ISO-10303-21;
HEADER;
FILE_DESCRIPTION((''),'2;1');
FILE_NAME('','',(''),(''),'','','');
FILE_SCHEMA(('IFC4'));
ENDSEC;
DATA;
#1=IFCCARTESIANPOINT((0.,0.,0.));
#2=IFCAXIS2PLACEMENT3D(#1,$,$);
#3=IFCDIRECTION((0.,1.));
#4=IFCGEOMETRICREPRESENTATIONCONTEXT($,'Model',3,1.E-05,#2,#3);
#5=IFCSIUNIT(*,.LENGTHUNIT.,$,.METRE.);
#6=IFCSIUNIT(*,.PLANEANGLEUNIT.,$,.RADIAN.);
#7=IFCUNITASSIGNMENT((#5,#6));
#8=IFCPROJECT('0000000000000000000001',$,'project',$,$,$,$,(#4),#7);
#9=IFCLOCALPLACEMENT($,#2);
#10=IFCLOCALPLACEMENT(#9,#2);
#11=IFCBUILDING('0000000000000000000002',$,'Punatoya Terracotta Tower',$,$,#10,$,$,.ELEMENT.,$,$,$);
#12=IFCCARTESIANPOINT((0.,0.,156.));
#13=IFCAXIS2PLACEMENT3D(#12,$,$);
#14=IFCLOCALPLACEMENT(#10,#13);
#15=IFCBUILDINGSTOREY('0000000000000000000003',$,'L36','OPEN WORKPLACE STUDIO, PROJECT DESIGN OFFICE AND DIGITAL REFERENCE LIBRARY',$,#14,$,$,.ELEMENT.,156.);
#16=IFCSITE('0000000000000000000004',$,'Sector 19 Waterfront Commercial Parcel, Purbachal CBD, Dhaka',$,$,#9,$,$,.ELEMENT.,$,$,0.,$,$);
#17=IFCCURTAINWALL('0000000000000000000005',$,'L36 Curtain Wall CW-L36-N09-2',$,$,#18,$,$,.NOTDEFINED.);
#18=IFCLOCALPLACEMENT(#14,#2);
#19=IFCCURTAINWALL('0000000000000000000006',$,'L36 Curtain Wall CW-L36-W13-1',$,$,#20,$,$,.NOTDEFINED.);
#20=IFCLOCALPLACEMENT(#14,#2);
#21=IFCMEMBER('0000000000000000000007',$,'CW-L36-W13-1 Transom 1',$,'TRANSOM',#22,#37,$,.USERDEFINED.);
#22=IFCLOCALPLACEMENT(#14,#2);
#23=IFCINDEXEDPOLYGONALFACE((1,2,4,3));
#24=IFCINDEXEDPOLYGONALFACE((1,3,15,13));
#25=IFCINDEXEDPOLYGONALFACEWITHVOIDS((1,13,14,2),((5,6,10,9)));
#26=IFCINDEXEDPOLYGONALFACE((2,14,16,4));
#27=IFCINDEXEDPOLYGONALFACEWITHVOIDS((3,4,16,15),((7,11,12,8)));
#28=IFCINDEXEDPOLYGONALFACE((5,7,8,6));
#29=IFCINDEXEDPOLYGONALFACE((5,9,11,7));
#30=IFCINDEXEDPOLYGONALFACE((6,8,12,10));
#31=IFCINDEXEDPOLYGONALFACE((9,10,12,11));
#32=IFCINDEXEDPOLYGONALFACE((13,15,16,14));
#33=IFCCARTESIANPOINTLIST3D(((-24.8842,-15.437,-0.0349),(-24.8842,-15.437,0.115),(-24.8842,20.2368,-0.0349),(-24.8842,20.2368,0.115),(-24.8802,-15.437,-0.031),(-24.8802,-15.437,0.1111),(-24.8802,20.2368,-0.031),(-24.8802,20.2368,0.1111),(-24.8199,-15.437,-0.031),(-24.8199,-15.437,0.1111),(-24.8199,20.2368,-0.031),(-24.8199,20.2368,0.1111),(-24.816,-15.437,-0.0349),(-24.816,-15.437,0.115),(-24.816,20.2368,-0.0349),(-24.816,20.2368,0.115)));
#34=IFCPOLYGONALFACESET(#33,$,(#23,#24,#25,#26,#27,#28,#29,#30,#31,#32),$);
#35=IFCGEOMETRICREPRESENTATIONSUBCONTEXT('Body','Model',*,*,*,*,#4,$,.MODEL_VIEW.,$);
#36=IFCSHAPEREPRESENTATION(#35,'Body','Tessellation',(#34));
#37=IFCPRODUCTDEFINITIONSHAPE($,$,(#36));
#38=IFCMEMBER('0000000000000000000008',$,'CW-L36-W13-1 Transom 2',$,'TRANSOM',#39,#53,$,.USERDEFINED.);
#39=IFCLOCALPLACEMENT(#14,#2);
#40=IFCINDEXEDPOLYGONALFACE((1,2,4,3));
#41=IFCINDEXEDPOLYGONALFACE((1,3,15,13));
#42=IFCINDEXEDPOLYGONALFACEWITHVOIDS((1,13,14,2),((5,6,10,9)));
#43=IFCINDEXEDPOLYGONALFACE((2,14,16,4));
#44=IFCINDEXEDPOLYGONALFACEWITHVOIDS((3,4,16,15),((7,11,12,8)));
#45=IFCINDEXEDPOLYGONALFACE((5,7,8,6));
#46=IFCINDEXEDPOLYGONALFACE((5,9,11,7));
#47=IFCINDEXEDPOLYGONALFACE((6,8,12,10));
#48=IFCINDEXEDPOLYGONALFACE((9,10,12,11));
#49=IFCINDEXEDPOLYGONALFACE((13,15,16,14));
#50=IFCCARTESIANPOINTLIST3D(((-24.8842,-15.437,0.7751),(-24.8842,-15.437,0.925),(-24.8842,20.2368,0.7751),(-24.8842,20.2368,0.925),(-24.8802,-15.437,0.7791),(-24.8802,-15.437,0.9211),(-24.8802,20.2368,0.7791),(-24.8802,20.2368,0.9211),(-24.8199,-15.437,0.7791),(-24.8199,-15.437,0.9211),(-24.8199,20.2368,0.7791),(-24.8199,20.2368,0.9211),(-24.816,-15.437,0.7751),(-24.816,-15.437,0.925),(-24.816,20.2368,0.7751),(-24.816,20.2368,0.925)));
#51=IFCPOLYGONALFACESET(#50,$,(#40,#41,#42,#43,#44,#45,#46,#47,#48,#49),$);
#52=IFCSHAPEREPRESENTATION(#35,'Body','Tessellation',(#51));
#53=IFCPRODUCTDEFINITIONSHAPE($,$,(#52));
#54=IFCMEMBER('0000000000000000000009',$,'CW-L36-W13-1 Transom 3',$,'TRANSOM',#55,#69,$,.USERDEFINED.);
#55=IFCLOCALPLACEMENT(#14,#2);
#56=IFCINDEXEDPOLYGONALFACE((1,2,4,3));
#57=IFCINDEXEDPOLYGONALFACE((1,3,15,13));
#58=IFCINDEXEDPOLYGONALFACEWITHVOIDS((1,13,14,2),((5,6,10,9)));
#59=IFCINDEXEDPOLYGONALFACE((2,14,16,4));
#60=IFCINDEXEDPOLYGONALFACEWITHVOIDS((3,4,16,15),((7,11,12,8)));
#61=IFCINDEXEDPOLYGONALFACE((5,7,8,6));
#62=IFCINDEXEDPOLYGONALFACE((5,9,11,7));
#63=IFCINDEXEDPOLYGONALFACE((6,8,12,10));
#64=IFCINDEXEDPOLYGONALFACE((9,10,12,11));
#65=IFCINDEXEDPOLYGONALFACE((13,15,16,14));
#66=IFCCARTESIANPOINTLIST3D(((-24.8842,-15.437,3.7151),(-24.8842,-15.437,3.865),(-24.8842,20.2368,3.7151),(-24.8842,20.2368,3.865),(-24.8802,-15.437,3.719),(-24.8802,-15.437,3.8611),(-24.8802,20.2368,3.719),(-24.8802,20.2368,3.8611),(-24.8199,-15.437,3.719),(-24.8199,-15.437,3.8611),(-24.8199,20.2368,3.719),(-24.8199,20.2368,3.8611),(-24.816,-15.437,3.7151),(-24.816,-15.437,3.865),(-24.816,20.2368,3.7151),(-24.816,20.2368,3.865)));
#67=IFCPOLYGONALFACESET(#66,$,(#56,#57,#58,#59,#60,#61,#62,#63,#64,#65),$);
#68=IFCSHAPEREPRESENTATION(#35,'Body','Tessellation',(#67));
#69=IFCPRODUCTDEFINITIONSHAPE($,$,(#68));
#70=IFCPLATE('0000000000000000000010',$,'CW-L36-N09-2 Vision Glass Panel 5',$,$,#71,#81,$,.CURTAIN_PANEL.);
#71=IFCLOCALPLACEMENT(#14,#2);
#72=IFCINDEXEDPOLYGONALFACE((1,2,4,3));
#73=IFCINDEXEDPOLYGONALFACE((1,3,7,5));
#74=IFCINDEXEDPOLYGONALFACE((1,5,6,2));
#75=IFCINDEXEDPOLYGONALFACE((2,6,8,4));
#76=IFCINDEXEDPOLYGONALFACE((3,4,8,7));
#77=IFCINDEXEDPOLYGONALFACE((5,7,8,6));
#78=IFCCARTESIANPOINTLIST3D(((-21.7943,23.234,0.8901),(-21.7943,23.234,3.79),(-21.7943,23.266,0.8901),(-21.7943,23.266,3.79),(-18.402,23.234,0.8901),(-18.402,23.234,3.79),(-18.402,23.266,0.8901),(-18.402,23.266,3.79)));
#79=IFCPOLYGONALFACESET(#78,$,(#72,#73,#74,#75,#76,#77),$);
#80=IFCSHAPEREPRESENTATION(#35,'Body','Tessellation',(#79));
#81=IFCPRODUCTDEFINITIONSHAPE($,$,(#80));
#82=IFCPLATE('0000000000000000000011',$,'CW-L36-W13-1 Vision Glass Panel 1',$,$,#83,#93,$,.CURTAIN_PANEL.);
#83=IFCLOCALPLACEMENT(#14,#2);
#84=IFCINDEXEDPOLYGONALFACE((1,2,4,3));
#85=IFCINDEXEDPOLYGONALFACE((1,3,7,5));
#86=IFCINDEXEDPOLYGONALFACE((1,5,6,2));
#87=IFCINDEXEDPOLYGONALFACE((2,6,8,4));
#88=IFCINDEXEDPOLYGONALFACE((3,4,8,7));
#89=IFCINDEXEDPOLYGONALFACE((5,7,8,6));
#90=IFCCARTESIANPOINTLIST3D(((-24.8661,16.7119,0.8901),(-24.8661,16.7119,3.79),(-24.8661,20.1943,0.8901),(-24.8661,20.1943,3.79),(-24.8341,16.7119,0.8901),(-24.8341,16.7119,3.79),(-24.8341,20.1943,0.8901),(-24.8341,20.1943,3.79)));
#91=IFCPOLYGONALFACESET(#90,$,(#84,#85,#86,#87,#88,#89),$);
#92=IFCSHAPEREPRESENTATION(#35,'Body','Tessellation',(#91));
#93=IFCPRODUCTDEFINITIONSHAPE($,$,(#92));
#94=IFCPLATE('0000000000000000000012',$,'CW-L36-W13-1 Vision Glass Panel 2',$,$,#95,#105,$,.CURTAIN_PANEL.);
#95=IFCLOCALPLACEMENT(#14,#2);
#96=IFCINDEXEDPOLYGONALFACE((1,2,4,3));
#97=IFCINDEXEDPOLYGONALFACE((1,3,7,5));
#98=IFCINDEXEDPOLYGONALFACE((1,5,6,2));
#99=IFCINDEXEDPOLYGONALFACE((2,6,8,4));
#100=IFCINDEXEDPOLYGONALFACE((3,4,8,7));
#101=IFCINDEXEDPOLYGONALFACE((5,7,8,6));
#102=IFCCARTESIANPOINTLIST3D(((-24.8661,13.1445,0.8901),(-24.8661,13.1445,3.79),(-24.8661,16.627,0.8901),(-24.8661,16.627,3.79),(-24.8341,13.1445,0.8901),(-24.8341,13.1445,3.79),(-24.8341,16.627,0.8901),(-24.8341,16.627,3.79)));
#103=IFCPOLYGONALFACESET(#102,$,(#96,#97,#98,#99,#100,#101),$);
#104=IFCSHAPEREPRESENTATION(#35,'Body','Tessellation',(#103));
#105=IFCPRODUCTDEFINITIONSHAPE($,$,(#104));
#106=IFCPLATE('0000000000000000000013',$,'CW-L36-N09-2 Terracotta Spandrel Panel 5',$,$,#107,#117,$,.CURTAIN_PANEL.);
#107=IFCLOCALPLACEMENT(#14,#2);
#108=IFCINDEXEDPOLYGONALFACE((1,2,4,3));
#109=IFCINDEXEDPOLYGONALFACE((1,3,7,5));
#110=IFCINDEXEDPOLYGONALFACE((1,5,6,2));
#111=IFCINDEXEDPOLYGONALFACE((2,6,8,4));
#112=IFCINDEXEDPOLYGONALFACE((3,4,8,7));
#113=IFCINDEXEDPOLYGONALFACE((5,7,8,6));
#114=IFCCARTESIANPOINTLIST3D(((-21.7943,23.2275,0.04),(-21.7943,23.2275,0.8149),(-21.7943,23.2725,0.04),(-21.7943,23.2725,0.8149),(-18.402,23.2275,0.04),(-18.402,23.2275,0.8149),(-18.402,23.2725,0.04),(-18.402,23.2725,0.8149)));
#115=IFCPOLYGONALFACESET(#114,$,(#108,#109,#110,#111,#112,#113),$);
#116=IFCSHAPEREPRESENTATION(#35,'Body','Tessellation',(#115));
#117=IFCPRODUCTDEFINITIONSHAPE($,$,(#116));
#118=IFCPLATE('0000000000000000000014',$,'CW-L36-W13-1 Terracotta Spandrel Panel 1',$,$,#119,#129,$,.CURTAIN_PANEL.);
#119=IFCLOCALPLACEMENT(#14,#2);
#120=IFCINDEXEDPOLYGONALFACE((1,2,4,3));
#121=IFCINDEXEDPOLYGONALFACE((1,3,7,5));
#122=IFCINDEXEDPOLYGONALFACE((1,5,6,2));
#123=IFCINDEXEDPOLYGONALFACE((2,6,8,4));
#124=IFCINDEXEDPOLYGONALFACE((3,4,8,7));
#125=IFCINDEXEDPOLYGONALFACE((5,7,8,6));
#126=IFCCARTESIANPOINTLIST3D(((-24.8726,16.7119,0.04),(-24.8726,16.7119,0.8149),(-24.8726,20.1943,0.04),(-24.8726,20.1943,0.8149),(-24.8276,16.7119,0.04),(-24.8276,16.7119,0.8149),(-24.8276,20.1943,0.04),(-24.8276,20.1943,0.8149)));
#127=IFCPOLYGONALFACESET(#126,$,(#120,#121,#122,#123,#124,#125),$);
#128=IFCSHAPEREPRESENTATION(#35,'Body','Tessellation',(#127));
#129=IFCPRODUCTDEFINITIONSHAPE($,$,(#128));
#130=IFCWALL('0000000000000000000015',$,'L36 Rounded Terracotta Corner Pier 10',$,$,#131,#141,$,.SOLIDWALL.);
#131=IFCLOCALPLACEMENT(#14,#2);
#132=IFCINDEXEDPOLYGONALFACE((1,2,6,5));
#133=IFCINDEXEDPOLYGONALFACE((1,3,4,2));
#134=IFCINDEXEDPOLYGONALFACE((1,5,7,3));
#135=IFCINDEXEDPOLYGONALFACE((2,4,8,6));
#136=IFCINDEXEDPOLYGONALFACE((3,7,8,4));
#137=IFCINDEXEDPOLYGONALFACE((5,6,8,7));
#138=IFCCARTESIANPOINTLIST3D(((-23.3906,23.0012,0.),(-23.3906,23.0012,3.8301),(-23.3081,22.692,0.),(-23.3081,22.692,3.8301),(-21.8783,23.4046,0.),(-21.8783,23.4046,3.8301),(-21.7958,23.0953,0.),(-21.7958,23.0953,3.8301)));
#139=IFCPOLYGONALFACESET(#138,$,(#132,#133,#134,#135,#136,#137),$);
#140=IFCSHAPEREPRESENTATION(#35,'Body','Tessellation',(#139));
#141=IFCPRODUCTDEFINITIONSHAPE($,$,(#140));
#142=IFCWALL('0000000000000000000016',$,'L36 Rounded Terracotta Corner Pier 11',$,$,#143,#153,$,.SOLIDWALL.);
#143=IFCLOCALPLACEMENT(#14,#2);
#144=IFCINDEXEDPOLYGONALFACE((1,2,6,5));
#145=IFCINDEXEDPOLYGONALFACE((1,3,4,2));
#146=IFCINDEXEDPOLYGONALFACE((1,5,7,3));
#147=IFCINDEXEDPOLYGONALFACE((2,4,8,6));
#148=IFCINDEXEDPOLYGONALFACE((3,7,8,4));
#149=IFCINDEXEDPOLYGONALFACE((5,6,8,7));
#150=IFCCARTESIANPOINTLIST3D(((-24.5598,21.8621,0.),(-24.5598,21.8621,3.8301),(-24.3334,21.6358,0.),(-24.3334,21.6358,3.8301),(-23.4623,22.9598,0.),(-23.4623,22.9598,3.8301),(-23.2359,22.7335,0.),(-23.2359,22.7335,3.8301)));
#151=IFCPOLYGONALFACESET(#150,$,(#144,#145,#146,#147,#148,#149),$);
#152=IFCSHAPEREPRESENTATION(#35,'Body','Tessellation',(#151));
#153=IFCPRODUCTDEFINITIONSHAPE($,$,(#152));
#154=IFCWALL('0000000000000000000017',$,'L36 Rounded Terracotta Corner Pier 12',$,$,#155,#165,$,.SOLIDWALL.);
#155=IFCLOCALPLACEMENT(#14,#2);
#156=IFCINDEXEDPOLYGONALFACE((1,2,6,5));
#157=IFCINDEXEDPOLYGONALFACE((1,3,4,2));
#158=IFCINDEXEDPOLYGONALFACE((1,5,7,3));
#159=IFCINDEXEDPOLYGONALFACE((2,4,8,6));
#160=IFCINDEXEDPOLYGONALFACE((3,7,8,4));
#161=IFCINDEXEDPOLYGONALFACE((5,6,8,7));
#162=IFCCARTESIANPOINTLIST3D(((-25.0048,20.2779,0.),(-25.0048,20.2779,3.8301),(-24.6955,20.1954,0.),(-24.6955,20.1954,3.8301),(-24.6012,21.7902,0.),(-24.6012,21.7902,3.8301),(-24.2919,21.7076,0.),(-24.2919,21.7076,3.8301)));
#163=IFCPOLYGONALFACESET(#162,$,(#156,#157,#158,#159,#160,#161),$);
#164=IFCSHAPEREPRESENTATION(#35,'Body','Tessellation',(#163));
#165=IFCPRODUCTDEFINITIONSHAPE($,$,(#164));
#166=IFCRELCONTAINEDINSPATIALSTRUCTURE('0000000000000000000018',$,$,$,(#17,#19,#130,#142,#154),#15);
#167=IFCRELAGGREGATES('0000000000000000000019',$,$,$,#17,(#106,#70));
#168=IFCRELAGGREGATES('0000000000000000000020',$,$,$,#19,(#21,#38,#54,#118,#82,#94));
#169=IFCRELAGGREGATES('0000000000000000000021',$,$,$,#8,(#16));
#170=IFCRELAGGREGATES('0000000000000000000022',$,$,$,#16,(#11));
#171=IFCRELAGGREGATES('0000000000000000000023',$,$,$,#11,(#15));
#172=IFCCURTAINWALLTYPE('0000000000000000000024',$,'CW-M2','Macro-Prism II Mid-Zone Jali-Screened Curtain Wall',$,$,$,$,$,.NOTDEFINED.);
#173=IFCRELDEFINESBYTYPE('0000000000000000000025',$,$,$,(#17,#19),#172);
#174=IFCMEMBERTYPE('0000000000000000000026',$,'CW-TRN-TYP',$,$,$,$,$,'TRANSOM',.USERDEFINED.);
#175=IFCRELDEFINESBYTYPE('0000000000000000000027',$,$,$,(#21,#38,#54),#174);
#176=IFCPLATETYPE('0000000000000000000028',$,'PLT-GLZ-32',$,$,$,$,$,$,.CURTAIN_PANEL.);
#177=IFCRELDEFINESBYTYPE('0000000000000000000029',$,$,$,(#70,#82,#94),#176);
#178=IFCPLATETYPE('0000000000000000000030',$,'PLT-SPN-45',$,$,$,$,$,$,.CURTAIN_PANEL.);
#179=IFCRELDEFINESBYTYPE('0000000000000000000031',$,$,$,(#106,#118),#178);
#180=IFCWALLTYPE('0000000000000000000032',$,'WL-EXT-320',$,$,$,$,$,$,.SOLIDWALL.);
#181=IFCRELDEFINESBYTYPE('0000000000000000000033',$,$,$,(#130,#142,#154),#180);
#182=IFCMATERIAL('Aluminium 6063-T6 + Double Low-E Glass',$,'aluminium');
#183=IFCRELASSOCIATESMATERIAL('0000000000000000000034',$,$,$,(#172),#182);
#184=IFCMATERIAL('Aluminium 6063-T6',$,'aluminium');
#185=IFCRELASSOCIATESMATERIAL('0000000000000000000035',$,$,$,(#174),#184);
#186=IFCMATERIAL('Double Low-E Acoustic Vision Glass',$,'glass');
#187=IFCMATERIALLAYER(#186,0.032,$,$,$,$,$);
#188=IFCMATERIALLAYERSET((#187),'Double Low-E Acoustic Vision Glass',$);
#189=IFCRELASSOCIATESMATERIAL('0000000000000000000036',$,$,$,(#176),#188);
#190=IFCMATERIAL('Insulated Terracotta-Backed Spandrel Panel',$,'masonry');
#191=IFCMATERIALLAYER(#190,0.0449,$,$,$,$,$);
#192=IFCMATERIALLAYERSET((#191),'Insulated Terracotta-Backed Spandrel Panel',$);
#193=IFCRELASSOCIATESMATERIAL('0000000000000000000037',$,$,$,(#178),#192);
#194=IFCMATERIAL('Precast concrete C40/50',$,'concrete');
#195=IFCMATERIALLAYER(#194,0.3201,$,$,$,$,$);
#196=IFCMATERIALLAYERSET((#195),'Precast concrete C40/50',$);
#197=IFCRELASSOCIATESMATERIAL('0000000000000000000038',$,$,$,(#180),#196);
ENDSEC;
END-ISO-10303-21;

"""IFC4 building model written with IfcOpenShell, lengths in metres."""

from ifc_helpers import new_model, si_unit, direction, frame, frame_2d, origin, origin_2d, place, context, subcontext, project, spatial, rectangle, hollow_rectangle, extrude, material, layer, layer_set, material_profile, profile_set, type_object, element, aggregate, save


model = new_model("IFC4")

# Units and contexts
model_context = context("Model", 3, precision=1e-05, world=origin(), true_north=direction((0.0, 1.0)))
body_context = subcontext(model_context, "Body", "Model", "MODEL_VIEW")
ifc_project = project(units=[si_unit("LENGTHUNIT", "METRE"), si_unit("PLANEANGLEUNIT", "RADIAN")], contexts=[model_context])

# Site, building, storey
site_placement = place(None, origin())
site = spatial("IfcSite", under=ifc_project, at=site_placement, Name="Sector 19 Waterfront Commercial Parcel, Purbachal CBD, Dhaka", CompositionType="ELEMENT", RefElevation=0.0)
building_placement = place(site_placement, origin())
building = spatial("IfcBuilding", under=site, at=building_placement, Name="Punatoya Terracotta Tower", CompositionType="ELEMENT")
storey_placement = place(building_placement, frame((0.0, 0.0, 156.0)))
storey = spatial("IfcBuildingStorey", under=building, at=storey_placement, Name="L36", Description="OPEN WORKPLACE STUDIO, PROJECT DESIGN OFFICE AND DIGITAL REFERENCE LIBRARY", CompositionType="ELEMENT", Elevation=156.0)

# Curtain wall
ifc_material_1 = material(Name="Aluminium 6063-T6 + Double Low-E Glass", Category="aluminium")
curtain_wall_type = type_object("IfcCurtainWallType", Name="CW-M2", Description="Macro-Prism II Mid-Zone Jali-Screened Curtain Wall", PredefinedType="NOTDEFINED", material=ifc_material_1)
curtain_wall_1_placement = place(storey_placement, origin())
curtain_wall_1 = element("IfcCurtainWall", 1, at=curtain_wall_1_placement, inside=storey, type_object=curtain_wall_type, Name="L36 Curtain Wall CW-L36-N09-2", PredefinedType="NOTDEFINED")
ifc_material_2 = material(Name="Aluminium 6063-T6", Category="aluminium")

# Curtain wall, members
curtain_wall_2_placement = place(storey_placement, origin())
curtain_wall_2 = element("IfcCurtainWall", 2, at=curtain_wall_2_placement, inside=storey, type_object=curtain_wall_type, Name="L36 Curtain Wall CW-L36-W13-1", PredefinedType="NOTDEFINED")
ifc_material_profile_1 = material_profile(ifc_material_2, hollow_rectangle(XDim=0.0681, YDim=0.1499, WallThickness=0.0039, at=origin_2d()))
ifc_profile_set_1 = profile_set([ifc_material_profile_1], Name="Aluminium 6063-T6")
member_type_1 = type_object("IfcMemberType", Name="CW-TRN-TYP", ElementType="TRANSOM", PredefinedType="USERDEFINED", material=ifc_profile_set_1)
member_1_placement = place(storey_placement, frame((-24.8501, 20.2368, 0.04), z_axis=(0.0, -1.0, 0.0), x_axis=(1.0, 0.0, 0.0)))
member_1 = element("IfcMember", 3, at=member_1_placement, type_object=member_type_1, Name="CW-L36-W13-1 Transom 1", ObjectType="TRANSOM", PredefinedType="USERDEFINED", context=body_context, shape_type="SweptSolid", body=[
    extrude(hollow_rectangle(XDim=0.0681, YDim=0.1499, WallThickness=0.0039, at=origin_2d()), origin(), (0.0, 0.0, 1.0), 35.6738),
])
member_2_placement = place(storey_placement, frame((-24.8501, 20.2368, 0.8501), z_axis=(0.0, -1.0, 0.0), x_axis=(1.0, 0.0, 0.0)))
member_2 = element("IfcMember", 4, at=member_2_placement, type_object=member_type_1, Name="CW-L36-W13-1 Transom 2", ObjectType="TRANSOM", PredefinedType="USERDEFINED", context=body_context, shape_type="SweptSolid", body=[
    extrude(hollow_rectangle(XDim=0.0681, YDim=0.1499, WallThickness=0.0039, at=origin_2d()), origin(), (0.0, 0.0, 1.0), 35.6738),
])
member_3_placement = place(storey_placement, frame((-24.8501, 20.2368, 3.79), z_axis=(0.0, -1.0, 0.0), x_axis=(1.0, 0.0, 0.0)))
member_3 = element("IfcMember", 5, at=member_3_placement, type_object=member_type_1, Name="CW-L36-W13-1 Transom 3", ObjectType="TRANSOM", PredefinedType="USERDEFINED", context=body_context, shape_type="SweptSolid", body=[
    extrude(hollow_rectangle(XDim=0.0681, YDim=0.1499, WallThickness=0.0039, at=origin_2d()), origin(), (0.0, 0.0, 1.0), 35.6738),
])

# Plates
ifc_material_3 = material(Name="Double Low-E Acoustic Vision Glass", Category="glass")
ifc_layer_1 = layer(ifc_material_3, 0.032)
ifc_layer_set_1 = layer_set([ifc_layer_1], Name="Double Low-E Acoustic Vision Glass")
plate_type_1 = type_object("IfcPlateType", Name="PLT-GLZ-32", PredefinedType="CURTAIN_PANEL", material=ifc_layer_set_1)
plate_1_placement = place(storey_placement, frame((-20.0981, 23.25, 0.8901), z_axis=(0.0, 0.0, 1.0), x_axis=(-1.0, 0.0, 0.0)))
plate_1 = element("IfcPlate", 6, at=plate_1_placement, type_object=plate_type_1, Name="CW-L36-N09-2 Vision Glass Panel 5", PredefinedType="CURTAIN_PANEL", context=body_context, shape_type="SweptSolid", body=[
    extrude(rectangle(XDim=3.3923, YDim=0.032, at=origin_2d()), origin(), (0.0, 0.0, 1.0), 2.8999),
])
plate_2_placement = place(storey_placement, frame((-24.8501, 18.4531, 0.8901), z_axis=(0.0, 0.0, 1.0), x_axis=(0.0, -1.0, 0.0)))
plate_2 = element("IfcPlate", 7, at=plate_2_placement, type_object=plate_type_1, Name="CW-L36-W13-1 Vision Glass Panel 1", PredefinedType="CURTAIN_PANEL", context=body_context, shape_type="SweptSolid", body=[
    extrude(rectangle(XDim=3.4824, YDim=0.032, at=origin_2d()), origin(), (0.0, 0.0, 1.0), 2.8999),
])
plate_3_placement = place(storey_placement, frame((-24.8501, 14.8857, 0.8901), z_axis=(0.0, 0.0, 1.0), x_axis=(0.0, -1.0, 0.0)))
plate_3 = element("IfcPlate", 8, at=plate_3_placement, type_object=plate_type_1, Name="CW-L36-W13-1 Vision Glass Panel 2", PredefinedType="CURTAIN_PANEL", context=body_context, shape_type="SweptSolid", body=[
    extrude(rectangle(XDim=3.4824, YDim=0.032, at=origin_2d()), origin(), (0.0, 0.0, 1.0), 2.8999),
])
ifc_material_4 = material(Name="Insulated Terracotta-Backed Spandrel Panel", Category="masonry")
ifc_layer_2 = layer(ifc_material_4, 0.0449)
ifc_layer_set_2 = layer_set([ifc_layer_2], Name="Insulated Terracotta-Backed Spandrel Panel")
plate_type_2 = type_object("IfcPlateType", Name="PLT-SPN-45", PredefinedType="CURTAIN_PANEL", material=ifc_layer_set_2)
plate_4_placement = place(storey_placement, frame((-20.0981, 23.25, 0.04), z_axis=(0.0, 0.0, 1.0), x_axis=(-1.0, 0.0, 0.0)))
plate_4 = element("IfcPlate", 9, at=plate_4_placement, type_object=plate_type_2, Name="CW-L36-N09-2 Terracotta Spandrel Panel 5", PredefinedType="CURTAIN_PANEL", context=body_context, shape_type="SweptSolid", body=[
    extrude(rectangle(XDim=3.3923, YDim=0.0449, at=origin_2d()), origin(), (0.0, 0.0, 1.0), 0.7749),
])
aggregate(curtain_wall_1, [plate_4, plate_1])
plate_5_placement = place(storey_placement, frame((-24.8501, 18.4531, 0.04), z_axis=(0.0, 0.0, 1.0), x_axis=(0.0, -1.0, 0.0)))
plate_5 = element("IfcPlate", 10, at=plate_5_placement, type_object=plate_type_2, Name="CW-L36-W13-1 Terracotta Spandrel Panel 1", PredefinedType="CURTAIN_PANEL", context=body_context, shape_type="SweptSolid", body=[
    extrude(rectangle(XDim=3.4824, YDim=0.0449, at=origin_2d()), origin(), (0.0, 0.0, 1.0), 0.7749),
])
aggregate(curtain_wall_2, [member_1, member_2, member_3, plate_5, plate_2, plate_3])

# Walls
ifc_material_5 = material(Name="Precast concrete C40/50", Category="concrete")
ifc_layer_3 = layer(ifc_material_5, 0.3201)
ifc_layer_set_3 = layer_set([ifc_layer_3], Name="Precast concrete C40/50")
wall_type = type_object("IfcWallType", Name="WL-EXT-320", PredefinedType="SOLIDWALL", material=ifc_layer_set_3)
wall_1_placement = place(storey_placement, frame((-21.8369, 23.25, 0.0), z_axis=(0.0, 0.0, 1.0), x_axis=(-0.966225, -0.257701, 0.0)))
element("IfcWall", 11, at=wall_1_placement, inside=storey, type_object=wall_type, Name="L36 Rounded Terracotta Corner Pier 10", PredefinedType="SOLIDWALL", context=body_context, shape_type="SweptSolid", body=[
    extrude(rectangle(XDim=1.5652, YDim=0.3201, at=frame_2d((0.7827, 0.0))), origin(), (0.0, 0.0, 1.0), 3.8301),
])
wall_2_placement = place(storey_placement, frame((-23.3491, 22.8467, 0.0), z_axis=(0.0, 0.0, 1.0), x_axis=(-0.707028, -0.707185, 0.0)))
element("IfcWall", 12, at=wall_2_placement, inside=storey, type_object=wall_type, Name="L36 Rounded Terracotta Corner Pier 11", PredefinedType="SOLIDWALL", context=body_context, shape_type="SweptSolid", body=[
    extrude(rectangle(XDim=1.5522, YDim=0.3201, at=frame_2d((0.7761, 0.0))), origin(), (0.0, 0.0, 1.0), 3.8301),
])
wall_3_placement = place(storey_placement, frame((-24.4465, 21.749, 0.0), z_axis=(0.0, 0.0, 1.0), x_axis=(-0.257847, -0.966186, 0.0)))
element("IfcWall", 13, at=wall_3_placement, inside=storey, type_object=wall_type, Name="L36 Rounded Terracotta Corner Pier 12", PredefinedType="SOLIDWALL", context=body_context, shape_type="SweptSolid", body=[
    extrude(rectangle(XDim=1.5652, YDim=0.3201, at=frame_2d((0.7827, 0.0))), origin(), (0.0, 0.0, 1.0), 3.8301),
])

save(model, "model.ifc")
